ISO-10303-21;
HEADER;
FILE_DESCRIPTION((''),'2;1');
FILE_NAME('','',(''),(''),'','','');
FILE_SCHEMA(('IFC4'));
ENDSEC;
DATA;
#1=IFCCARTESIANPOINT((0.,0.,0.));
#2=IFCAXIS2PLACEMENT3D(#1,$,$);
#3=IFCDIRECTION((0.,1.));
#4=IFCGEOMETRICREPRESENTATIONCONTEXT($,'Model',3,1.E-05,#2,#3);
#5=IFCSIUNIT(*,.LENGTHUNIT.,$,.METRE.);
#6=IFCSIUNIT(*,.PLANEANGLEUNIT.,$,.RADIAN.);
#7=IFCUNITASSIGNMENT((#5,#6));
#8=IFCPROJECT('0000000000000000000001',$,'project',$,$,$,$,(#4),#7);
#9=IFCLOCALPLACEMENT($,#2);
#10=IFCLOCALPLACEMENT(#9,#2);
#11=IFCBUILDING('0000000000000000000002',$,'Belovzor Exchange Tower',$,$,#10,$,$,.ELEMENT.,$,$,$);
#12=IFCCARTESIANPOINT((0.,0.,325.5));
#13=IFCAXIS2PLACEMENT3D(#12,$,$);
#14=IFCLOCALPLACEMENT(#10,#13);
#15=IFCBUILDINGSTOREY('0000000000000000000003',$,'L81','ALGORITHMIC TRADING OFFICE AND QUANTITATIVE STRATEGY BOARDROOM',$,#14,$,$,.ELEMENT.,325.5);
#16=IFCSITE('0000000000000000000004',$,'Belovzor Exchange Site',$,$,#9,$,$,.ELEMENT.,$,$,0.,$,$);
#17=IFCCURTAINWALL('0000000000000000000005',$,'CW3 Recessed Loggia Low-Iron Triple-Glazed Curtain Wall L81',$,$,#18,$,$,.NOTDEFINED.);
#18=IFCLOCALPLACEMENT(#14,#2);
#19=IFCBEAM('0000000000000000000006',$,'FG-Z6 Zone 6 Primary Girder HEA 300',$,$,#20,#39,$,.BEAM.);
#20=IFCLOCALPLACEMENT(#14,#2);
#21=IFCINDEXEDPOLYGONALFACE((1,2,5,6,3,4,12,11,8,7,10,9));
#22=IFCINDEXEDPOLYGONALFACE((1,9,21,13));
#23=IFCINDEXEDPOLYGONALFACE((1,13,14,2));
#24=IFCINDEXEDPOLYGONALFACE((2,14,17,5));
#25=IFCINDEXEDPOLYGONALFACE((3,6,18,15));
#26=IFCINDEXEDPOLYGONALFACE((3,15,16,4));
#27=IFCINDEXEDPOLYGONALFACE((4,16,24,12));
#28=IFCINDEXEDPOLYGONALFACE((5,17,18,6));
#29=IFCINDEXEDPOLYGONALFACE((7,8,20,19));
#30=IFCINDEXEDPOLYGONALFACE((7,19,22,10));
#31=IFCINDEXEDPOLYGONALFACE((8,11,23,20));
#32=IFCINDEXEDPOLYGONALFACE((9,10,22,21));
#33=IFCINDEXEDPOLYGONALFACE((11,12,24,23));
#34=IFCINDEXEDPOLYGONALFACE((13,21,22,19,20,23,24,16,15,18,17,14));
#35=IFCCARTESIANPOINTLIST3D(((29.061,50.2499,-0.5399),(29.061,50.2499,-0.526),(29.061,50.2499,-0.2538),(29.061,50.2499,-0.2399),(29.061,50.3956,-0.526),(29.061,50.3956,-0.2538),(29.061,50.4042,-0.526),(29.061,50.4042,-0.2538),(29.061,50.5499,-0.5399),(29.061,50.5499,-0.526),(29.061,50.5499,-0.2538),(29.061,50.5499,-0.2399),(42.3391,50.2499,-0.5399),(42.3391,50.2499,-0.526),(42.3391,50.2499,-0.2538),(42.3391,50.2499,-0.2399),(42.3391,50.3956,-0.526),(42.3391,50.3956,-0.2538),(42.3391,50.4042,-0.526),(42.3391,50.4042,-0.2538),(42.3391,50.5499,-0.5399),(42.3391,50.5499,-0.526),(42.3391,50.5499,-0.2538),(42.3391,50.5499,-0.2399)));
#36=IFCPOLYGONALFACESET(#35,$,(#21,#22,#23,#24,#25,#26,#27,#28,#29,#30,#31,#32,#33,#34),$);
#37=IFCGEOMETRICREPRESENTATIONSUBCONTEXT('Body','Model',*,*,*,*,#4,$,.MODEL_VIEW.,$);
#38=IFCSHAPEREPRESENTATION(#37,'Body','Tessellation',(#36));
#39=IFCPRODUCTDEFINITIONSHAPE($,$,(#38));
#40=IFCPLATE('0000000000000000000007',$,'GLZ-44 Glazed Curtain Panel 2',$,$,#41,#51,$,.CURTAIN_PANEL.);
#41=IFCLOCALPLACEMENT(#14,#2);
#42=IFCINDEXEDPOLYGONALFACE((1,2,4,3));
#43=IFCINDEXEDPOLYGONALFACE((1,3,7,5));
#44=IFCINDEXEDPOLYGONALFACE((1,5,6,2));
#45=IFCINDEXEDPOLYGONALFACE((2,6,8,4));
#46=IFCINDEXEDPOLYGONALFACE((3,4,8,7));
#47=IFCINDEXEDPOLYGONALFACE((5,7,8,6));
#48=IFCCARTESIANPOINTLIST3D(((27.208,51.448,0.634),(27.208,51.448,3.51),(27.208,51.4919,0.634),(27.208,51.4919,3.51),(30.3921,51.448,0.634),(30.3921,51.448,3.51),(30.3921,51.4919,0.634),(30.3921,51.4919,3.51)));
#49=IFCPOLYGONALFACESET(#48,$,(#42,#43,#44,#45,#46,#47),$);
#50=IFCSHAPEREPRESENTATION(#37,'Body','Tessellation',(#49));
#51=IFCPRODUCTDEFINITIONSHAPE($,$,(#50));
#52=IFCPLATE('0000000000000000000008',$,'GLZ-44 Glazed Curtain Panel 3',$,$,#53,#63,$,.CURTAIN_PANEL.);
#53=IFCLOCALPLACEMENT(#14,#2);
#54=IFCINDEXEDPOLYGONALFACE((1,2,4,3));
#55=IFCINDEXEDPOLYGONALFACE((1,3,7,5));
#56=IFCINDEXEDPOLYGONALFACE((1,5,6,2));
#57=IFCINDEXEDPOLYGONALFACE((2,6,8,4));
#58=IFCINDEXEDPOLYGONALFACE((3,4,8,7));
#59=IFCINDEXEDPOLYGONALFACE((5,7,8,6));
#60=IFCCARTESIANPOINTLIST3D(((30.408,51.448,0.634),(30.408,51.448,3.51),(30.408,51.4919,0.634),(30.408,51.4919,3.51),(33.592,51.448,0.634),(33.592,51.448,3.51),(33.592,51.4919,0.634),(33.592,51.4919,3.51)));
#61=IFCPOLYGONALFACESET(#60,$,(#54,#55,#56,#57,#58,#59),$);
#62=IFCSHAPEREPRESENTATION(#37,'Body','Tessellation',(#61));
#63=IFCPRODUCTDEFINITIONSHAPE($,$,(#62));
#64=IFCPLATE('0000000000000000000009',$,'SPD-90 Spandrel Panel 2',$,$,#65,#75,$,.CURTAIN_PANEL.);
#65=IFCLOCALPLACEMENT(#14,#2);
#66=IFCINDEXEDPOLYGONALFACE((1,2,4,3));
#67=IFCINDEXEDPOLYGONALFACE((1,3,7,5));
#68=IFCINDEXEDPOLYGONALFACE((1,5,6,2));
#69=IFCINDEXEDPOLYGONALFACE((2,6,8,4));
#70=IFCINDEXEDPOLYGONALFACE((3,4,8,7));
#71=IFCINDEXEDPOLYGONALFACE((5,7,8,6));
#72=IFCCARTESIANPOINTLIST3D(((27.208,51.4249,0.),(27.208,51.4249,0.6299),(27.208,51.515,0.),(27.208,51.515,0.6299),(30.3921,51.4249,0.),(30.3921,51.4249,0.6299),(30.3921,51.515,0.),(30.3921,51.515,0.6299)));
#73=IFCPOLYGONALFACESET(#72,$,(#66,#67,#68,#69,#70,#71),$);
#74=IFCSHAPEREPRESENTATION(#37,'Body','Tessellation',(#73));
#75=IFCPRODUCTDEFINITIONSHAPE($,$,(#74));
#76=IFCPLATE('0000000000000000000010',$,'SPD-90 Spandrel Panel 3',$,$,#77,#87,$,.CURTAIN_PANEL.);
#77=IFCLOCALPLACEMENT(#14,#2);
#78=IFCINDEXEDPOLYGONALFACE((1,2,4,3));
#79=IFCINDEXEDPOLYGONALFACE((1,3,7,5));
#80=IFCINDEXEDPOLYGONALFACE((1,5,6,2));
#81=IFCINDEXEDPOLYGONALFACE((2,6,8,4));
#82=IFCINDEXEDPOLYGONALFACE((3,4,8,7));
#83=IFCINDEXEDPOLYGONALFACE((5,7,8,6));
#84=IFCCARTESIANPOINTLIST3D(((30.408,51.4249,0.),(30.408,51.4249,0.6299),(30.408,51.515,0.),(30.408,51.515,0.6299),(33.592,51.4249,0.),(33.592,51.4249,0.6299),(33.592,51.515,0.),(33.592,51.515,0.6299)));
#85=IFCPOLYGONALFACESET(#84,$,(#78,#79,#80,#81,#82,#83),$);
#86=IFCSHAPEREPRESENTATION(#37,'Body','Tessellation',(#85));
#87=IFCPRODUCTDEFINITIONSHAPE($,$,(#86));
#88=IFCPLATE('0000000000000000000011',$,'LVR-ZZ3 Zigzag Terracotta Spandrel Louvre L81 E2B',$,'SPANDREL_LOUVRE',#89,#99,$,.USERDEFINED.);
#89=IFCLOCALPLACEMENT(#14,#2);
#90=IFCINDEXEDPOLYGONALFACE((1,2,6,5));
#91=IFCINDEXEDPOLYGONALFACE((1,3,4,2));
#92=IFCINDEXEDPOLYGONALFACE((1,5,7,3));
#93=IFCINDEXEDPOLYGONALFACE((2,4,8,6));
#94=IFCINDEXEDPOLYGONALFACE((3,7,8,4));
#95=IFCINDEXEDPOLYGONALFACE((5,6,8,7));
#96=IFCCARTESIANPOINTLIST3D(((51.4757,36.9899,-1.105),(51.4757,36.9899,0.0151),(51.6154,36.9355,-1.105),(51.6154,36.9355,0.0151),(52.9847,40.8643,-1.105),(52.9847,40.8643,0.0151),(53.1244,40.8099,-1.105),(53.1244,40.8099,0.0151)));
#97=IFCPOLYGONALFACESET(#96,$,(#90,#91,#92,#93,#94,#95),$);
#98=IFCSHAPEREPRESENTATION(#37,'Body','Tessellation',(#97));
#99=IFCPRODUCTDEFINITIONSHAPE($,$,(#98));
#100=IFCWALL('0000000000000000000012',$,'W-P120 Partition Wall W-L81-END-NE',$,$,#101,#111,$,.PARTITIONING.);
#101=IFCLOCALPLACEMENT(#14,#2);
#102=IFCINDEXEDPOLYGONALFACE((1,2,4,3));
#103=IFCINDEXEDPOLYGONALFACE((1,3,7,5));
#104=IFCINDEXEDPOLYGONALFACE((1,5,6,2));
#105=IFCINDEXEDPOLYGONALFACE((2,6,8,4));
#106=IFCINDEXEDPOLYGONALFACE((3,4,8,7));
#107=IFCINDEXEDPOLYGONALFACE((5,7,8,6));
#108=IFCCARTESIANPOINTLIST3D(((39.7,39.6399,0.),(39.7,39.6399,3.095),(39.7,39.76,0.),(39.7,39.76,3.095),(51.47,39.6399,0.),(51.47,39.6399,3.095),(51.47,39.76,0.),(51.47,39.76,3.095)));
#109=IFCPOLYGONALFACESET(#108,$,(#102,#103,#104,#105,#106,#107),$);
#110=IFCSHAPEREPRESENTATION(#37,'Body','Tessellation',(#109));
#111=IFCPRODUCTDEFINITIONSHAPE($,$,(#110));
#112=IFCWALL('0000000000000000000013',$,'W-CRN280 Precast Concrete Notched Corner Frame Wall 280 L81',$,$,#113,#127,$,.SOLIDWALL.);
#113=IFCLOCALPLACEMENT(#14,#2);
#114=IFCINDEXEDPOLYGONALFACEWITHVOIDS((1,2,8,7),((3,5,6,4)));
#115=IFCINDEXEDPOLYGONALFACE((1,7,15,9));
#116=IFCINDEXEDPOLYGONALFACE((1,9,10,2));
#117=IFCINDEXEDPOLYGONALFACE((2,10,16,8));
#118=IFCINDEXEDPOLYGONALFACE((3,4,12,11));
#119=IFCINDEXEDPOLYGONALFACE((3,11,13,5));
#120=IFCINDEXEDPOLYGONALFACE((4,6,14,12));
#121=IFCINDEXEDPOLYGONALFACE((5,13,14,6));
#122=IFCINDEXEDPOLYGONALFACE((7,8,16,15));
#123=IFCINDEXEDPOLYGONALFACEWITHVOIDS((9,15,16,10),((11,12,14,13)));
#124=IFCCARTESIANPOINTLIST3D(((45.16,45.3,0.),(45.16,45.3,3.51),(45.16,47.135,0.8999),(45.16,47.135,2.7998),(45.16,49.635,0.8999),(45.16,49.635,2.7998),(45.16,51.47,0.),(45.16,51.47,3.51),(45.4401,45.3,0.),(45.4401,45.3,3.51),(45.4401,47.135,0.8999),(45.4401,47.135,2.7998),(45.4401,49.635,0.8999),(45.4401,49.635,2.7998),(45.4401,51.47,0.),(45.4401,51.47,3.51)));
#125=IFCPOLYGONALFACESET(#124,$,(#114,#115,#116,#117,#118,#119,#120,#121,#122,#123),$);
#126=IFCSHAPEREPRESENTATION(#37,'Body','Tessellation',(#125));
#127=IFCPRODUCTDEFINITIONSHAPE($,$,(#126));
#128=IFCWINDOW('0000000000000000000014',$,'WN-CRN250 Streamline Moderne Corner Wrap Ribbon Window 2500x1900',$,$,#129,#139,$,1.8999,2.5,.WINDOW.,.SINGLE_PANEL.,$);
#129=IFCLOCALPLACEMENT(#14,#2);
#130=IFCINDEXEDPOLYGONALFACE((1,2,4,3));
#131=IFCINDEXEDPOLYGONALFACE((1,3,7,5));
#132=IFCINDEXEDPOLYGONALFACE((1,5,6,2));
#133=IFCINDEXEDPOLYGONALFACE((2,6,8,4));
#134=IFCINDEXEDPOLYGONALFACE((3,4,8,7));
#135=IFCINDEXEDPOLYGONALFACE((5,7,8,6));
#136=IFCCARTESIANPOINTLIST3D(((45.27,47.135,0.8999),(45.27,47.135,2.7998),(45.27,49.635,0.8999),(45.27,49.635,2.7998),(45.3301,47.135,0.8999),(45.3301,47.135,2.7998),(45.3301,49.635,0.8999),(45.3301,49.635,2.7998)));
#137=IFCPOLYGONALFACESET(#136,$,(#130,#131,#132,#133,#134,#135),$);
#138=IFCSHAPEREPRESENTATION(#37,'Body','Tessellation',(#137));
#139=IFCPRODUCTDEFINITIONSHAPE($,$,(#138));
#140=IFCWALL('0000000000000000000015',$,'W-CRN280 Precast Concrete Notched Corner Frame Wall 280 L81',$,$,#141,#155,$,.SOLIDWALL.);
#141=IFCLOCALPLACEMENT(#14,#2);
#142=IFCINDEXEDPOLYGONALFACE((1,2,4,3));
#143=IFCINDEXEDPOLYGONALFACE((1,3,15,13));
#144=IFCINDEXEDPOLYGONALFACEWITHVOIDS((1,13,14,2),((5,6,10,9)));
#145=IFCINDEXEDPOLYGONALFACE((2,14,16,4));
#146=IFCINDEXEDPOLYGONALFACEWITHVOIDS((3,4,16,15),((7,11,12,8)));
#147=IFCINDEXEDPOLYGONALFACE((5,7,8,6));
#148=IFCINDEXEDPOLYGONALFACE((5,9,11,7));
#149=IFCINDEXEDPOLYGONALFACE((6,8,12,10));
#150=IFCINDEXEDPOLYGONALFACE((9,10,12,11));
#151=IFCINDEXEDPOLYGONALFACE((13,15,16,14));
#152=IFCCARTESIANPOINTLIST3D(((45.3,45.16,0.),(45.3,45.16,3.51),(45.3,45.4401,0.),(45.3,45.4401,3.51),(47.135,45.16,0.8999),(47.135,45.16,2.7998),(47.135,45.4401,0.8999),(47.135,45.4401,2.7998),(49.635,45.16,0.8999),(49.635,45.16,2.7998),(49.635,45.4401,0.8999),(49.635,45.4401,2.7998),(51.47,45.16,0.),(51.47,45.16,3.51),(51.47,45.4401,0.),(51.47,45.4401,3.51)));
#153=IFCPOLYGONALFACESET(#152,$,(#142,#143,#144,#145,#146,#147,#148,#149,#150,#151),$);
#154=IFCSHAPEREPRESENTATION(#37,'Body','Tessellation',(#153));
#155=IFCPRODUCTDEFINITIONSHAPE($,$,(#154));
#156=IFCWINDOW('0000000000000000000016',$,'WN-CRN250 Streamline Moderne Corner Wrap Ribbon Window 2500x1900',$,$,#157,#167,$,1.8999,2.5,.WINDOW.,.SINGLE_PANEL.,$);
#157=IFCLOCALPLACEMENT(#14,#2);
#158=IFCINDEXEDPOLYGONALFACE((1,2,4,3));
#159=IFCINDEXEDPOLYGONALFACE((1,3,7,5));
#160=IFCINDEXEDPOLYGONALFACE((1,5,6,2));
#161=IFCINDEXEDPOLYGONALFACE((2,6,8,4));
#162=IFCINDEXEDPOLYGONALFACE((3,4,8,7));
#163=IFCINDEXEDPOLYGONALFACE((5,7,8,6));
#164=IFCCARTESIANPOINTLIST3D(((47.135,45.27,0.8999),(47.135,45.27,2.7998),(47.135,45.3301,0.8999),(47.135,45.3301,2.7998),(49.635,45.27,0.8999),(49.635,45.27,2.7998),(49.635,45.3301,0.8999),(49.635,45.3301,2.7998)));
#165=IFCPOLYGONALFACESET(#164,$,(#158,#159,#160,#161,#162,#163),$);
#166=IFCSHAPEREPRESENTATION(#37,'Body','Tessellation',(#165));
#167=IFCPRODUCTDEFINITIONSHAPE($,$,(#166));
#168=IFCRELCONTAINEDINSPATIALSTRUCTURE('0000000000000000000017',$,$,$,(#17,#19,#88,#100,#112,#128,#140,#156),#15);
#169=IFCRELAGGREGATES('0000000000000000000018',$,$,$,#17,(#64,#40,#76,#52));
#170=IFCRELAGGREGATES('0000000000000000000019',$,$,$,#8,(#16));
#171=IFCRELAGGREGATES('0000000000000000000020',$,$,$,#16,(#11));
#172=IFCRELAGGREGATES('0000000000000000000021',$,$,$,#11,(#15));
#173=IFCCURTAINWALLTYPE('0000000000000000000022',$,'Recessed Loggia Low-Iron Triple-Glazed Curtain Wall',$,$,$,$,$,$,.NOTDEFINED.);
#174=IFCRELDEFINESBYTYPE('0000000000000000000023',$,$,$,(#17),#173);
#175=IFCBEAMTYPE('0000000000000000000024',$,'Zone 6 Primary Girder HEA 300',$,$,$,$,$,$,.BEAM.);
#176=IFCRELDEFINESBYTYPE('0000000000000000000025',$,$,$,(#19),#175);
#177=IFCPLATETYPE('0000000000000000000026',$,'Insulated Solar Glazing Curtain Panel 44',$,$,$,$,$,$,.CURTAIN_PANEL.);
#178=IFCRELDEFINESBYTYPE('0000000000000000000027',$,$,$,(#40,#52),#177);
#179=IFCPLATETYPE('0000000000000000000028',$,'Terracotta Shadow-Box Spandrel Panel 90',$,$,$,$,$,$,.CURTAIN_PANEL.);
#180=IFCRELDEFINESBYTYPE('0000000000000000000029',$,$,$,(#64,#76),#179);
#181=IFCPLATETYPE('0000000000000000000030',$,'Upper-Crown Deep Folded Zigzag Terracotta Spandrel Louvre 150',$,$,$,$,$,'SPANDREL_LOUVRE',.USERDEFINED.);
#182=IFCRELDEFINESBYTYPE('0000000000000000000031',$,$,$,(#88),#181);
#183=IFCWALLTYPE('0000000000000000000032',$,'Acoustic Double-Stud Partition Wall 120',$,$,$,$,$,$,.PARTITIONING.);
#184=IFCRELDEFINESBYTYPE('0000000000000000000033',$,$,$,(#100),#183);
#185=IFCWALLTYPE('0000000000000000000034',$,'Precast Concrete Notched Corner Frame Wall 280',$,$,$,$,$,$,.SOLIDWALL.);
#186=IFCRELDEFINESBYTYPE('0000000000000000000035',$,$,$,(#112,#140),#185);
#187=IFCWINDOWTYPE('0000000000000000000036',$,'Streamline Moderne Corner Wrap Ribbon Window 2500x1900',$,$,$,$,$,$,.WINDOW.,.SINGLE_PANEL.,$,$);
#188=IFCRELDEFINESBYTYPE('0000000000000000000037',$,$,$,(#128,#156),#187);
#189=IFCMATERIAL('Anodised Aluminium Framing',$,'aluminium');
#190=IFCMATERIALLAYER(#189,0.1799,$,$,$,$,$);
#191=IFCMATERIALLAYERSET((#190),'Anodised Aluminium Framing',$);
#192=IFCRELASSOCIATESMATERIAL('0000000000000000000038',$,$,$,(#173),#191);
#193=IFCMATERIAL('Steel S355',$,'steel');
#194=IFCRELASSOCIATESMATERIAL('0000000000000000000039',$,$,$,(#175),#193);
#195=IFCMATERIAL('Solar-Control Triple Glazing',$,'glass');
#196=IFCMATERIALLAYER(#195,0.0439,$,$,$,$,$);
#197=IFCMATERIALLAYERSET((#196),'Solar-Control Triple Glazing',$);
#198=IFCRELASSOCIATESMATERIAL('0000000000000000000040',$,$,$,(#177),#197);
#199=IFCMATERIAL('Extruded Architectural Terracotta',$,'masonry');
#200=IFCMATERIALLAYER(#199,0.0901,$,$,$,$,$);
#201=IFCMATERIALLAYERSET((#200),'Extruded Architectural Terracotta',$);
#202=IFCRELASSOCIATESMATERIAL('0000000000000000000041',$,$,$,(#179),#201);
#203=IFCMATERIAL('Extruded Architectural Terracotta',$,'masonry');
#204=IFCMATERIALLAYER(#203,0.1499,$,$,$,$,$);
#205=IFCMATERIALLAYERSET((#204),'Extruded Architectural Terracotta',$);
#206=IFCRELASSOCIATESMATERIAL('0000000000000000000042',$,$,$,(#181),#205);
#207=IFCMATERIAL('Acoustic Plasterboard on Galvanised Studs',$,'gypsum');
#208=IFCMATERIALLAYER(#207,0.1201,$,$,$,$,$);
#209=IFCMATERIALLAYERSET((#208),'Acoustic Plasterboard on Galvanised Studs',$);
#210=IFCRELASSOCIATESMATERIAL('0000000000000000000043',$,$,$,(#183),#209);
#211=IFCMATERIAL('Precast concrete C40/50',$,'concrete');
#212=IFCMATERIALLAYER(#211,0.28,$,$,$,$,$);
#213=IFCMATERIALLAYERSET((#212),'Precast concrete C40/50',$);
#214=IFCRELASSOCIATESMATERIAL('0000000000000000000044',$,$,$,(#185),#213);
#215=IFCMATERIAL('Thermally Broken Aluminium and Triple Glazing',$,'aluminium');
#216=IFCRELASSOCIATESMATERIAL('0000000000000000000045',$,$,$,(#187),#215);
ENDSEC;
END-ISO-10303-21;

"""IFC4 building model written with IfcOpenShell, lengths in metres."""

from ifc_helpers import new_model, si_unit, direction, frame, frame_2d, origin, origin_2d, place, context, subcontext, project, spatial, rectangle, i_section, extrude, material, layer, layer_set, material_profile, profile_set, type_object, element, fill, aggregate, save


model = new_model("IFC4")

# Units and contexts
model_context = context("Model", 3, precision=1e-05, world=origin(), true_north=direction((0.0, 1.0)))
body_context = subcontext(model_context, "Body", "Model", "MODEL_VIEW")
ifc_project = project(units=[si_unit("LENGTHUNIT", "METRE"), si_unit("PLANEANGLEUNIT", "RADIAN")], contexts=[model_context])

# Site, building, storey
site_placement = place(None, origin())
site = spatial("IfcSite", under=ifc_project, at=site_placement, Name="Belovzor Exchange Site", CompositionType="ELEMENT", RefElevation=0.0)
building_placement = place(site_placement, origin())
building = spatial("IfcBuilding", under=site, at=building_placement, Name="Belovzor Exchange Tower", CompositionType="ELEMENT")
storey_placement = place(building_placement, frame((0.0, 0.0, 325.5)))
storey = spatial("IfcBuildingStorey", under=building, at=storey_placement, Name="L81", Description="ALGORITHMIC TRADING OFFICE AND QUANTITATIVE STRATEGY BOARDROOM", CompositionType="ELEMENT", Elevation=325.5)

# Curtain wall
ifc_material_1 = material(Name="Anodised Aluminium Framing", Category="aluminium")
ifc_layer_1 = layer(ifc_material_1, 0.1799)
ifc_layer_set_1 = layer_set([ifc_layer_1], Name="Anodised Aluminium Framing")
curtain_wall_type = type_object("IfcCurtainWallType", Name="Recessed Loggia Low-Iron Triple-Glazed Curtain Wall", PredefinedType="NOTDEFINED", material=ifc_layer_set_1)
curtain_wall_placement = place(storey_placement, origin())
curtain_wall = element("IfcCurtainWall", 1, at=curtain_wall_placement, inside=storey, type_object=curtain_wall_type, Name="CW3 Recessed Loggia Low-Iron Triple-Glazed Curtain Wall L81", PredefinedType="NOTDEFINED")

# Beam
ifc_material_2 = material(Name="Steel S355", Category="steel")
ifc_material_profile_1 = material_profile(ifc_material_2, i_section(OverallWidth=0.3, OverallDepth=0.3, WebThickness=0.0085, FlangeThickness=0.0139, at=origin_2d()))
ifc_profile_set_1 = profile_set([ifc_material_profile_1], Name="Steel S355")
beam_type_1 = type_object("IfcBeamType", Name="Zone 6 Primary Girder HEA 300", PredefinedType="BEAM", material=ifc_profile_set_1)
beam_1_placement = place(storey_placement, frame((42.3391, 50.3999, -0.3899), z_axis=(-1.0, 0.0, 0.0), x_axis=(0.0, -1.0, 0.0)))
element("IfcBeam", 2, at=beam_1_placement, inside=storey, type_object=beam_type_1, Name="FG-Z6 Zone 6 Primary Girder HEA 300", PredefinedType="BEAM", context=body_context, shape_type="SweptSolid", body=[
    extrude(i_section(OverallWidth=0.3, OverallDepth=0.3, WebThickness=0.0085, FlangeThickness=0.0139, at=origin_2d()), origin(), (0.0, 0.0, 1.0), 13.2781),
])

# Plates
ifc_material_3 = material(Name="Solar-Control Triple Glazing", Category="glass")
ifc_layer_2 = layer(ifc_material_3, 0.0439)
ifc_layer_set_2 = layer_set([ifc_layer_2], Name="Solar-Control Triple Glazing")
plate_type_1 = type_object("IfcPlateType", Name="Insulated Solar Glazing Curtain Panel 44", PredefinedType="CURTAIN_PANEL", material=ifc_layer_set_2)
plate_1_placement = place(storey_placement, frame((28.8, 51.47, 0.634), z_axis=(0.0, 0.0, 1.0), x_axis=(1.0, 0.0, 0.0)))
plate_1 = element("IfcPlate", 3, at=plate_1_placement, type_object=plate_type_1, Name="GLZ-44 Glazed Curtain Panel 2", PredefinedType="CURTAIN_PANEL", context=body_context, shape_type="SweptSolid", body=[
    extrude(rectangle(XDim=3.1841, YDim=0.0439, at=origin_2d()), origin(), (0.0, 0.0, 1.0), 2.876),
])
plate_2_placement = place(storey_placement, frame((32.0, 51.47, 0.634), z_axis=(0.0, 0.0, 1.0), x_axis=(1.0, 0.0, 0.0)))
plate_2 = element("IfcPlate", 4, at=plate_2_placement, type_object=plate_type_1, Name="GLZ-44 Glazed Curtain Panel 3", PredefinedType="CURTAIN_PANEL", context=body_context, shape_type="SweptSolid", body=[
    extrude(rectangle(XDim=3.1841, YDim=0.0439, at=origin_2d()), origin(), (0.0, 0.0, 1.0), 2.876),
])
ifc_material_4 = material(Name="Extruded Architectural Terracotta", Category="masonry")
ifc_layer_3 = layer(ifc_material_4, 0.0901)
ifc_layer_set_3 = layer_set([ifc_layer_3], Name="Extruded Architectural Terracotta")
plate_type_2 = type_object("IfcPlateType", Name="Terracotta Shadow-Box Spandrel Panel 90", PredefinedType="CURTAIN_PANEL", material=ifc_layer_set_3)
plate_3_placement = place(storey_placement, frame((28.8, 51.47, 0.0), z_axis=(0.0, 0.0, 1.0), x_axis=(1.0, 0.0, 0.0)))
plate_3 = element("IfcPlate", 5, at=plate_3_placement, type_object=plate_type_2, Name="SPD-90 Spandrel Panel 2", PredefinedType="CURTAIN_PANEL", context=body_context, shape_type="SweptSolid", body=[
    extrude(rectangle(XDim=3.1841, YDim=0.0901, at=origin_2d()), origin(), (0.0, 0.0, 1.0), 0.6299),
])
plate_4_placement = place(storey_placement, frame((32.0, 51.47, 0.0), z_axis=(0.0, 0.0, 1.0), x_axis=(1.0, 0.0, 0.0)))
plate_4 = element("IfcPlate", 6, at=plate_4_placement, type_object=plate_type_2, Name="SPD-90 Spandrel Panel 3", PredefinedType="CURTAIN_PANEL", context=body_context, shape_type="SweptSolid", body=[
    extrude(rectangle(XDim=3.1841, YDim=0.0901, at=origin_2d()), origin(), (0.0, 0.0, 1.0), 0.6299),
])
aggregate(curtain_wall, [plate_3, plate_1, plate_4, plate_2])
ifc_material_5 = material(Name="Extruded Architectural Terracotta", Category="masonry")
ifc_layer_4 = layer(ifc_material_5, 0.1499)
ifc_layer_set_4 = layer_set([ifc_layer_4], Name="Extruded Architectural Terracotta")
plate_type_3 = type_object("IfcPlateType", Name="Upper-Crown Deep Folded Zigzag Terracotta Spandrel Louvre 150", ElementType="SPANDREL_LOUVRE", PredefinedType="USERDEFINED", material=ifc_layer_set_4)
plate_5_placement = place(storey_placement, frame((52.3, 38.8999, -1.105), z_axis=(0.0, 0.0, 1.0), x_axis=(0.362926, 0.931818, 0.0)))
element("IfcPlate", 7, at=plate_5_placement, inside=storey, type_object=plate_type_3, Name="LVR-ZZ3 Zigzag Terracotta Spandrel Louvre L81 E2B", ObjectType="SPANDREL_LOUVRE", PredefinedType="USERDEFINED", context=body_context, shape_type="SweptSolid", body=[
    extrude(rectangle(XDim=4.158, YDim=0.1499, at=origin_2d()), origin(), (0.0, 0.0, 1.0), 1.1201),
])

# Wall
ifc_material_6 = material(Name="Acoustic Plasterboard on Galvanised Studs", Category="gypsum")
ifc_layer_5 = layer(ifc_material_6, 0.1201)
ifc_layer_set_5 = layer_set([ifc_layer_5], Name="Acoustic Plasterboard on Galvanised Studs")
wall_type_1 = type_object("IfcWallType", Name="Acoustic Double-Stud Partition Wall 120", PredefinedType="PARTITIONING", material=ifc_layer_set_5)
wall_1_placement = place(storey_placement, frame((39.7, 39.7, 0.0), z_axis=(0.0, 0.0, 1.0), x_axis=(1.0, 0.0, 0.0)))
element("IfcWall", 8, at=wall_1_placement, inside=storey, type_object=wall_type_1, Name="W-P120 Partition Wall W-L81-END-NE", PredefinedType="PARTITIONING", context=body_context, shape_type="SweptSolid", body=[
    extrude(rectangle(XDim=11.77, YDim=0.1201, at=frame_2d((5.885, 0.0))), origin(), (0.0, 0.0, 1.0), 3.095),
])

# Walls, openings, windows
ifc_material_7 = material(Name="Precast concrete C40/50", Category="concrete")
ifc_layer_6 = layer(ifc_material_7, 0.28)
ifc_layer_set_6 = layer_set([ifc_layer_6], Name="Precast concrete C40/50")
wall_type_2 = type_object("IfcWallType", Name="Precast Concrete Notched Corner Frame Wall 280", PredefinedType="SOLIDWALL", material=ifc_layer_set_6)
wall_2_placement = place(storey_placement, frame((45.3, 51.47, 0.0), z_axis=(0.0, 0.0, 1.0), x_axis=(0.0, -1.0, 0.0)))
wall_2 = element("IfcWall", 9, at=wall_2_placement, inside=storey, type_object=wall_type_2, Name="W-CRN280 Precast Concrete Notched Corner Frame Wall 280 L81", PredefinedType="SOLIDWALL", context=body_context, shape_type="SweptSolid", body=[
    extrude(rectangle(XDim=6.1699, YDim=0.28, at=frame_2d((3.085, 0.0))), origin(), (0.0, 0.0, 1.0), 3.51),
])
opening_1_placement = place(wall_2_placement, frame((1.835, 0.0, 0.8999)))
opening_1 = element("IfcOpeningElement", 10, at=opening_1_placement, cuts=wall_2, PredefinedType="OPENING", context=body_context, shape_type="SweptSolid", body=[
    extrude(rectangle(XDim=2.5, YDim=1.8999, at=frame_2d((1.25, 0.95))), frame((0.0, 0.1499, 0.0), z_axis=(0.0, -1.0, 0.0), x_axis=(1.0, 0.0, 0.0)), (0.0, 0.0, 1.0), 0.3),
])
ifc_material_8 = material(Name="Thermally Broken Aluminium and Triple Glazing", Category="aluminium")
window_type_1 = type_object("IfcWindowType", Name="Streamline Moderne Corner Wrap Ribbon Window 2500x1900", PartitioningType="SINGLE_PANEL", PredefinedType="WINDOW", material=ifc_material_8)
window_1_placement = place(opening_1_placement, origin())
window_1 = element("IfcWindow", 11, at=window_1_placement, inside=storey, type_object=window_type_1, Name="WN-CRN250 Streamline Moderne Corner Wrap Ribbon Window 2500x1900", OverallHeight=1.8999, OverallWidth=2.5, PartitioningType="SINGLE_PANEL", PredefinedType="WINDOW", context=body_context, shape_type="SweptSolid", body=[
    extrude(rectangle(XDim=2.5, YDim=1.8999, at=frame_2d((1.25, 0.95))), frame((0.0, 0.03, 0.0), z_axis=(0.0, -1.0, 0.0), x_axis=(1.0, 0.0, 0.0)), (0.0, 0.0, 1.0), 0.0601),
])
fill(opening_1, window_1)
wall_3_placement = place(storey_placement, frame((45.3, 45.3, 0.0), z_axis=(0.0, 0.0, 1.0), x_axis=(1.0, 0.0, 0.0)))
wall_3 = element("IfcWall", 12, at=wall_3_placement, inside=storey, type_object=wall_type_2, Name="W-CRN280 Precast Concrete Notched Corner Frame Wall 280 L81", PredefinedType="SOLIDWALL", context=body_context, shape_type="SweptSolid", body=[
    extrude(rectangle(XDim=6.1699, YDim=0.28, at=frame_2d((3.085, 0.0))), origin(), (0.0, 0.0, 1.0), 3.51),
])
opening_2_placement = place(wall_3_placement, frame((1.835, 0.0, 0.8999)))
opening_2 = element("IfcOpeningElement", 13, at=opening_2_placement, cuts=wall_3, PredefinedType="OPENING", context=body_context, shape_type="SweptSolid", body=[
    extrude(rectangle(XDim=2.5, YDim=1.8999, at=frame_2d((1.25, 0.95))), frame((0.0, 0.1499, 0.0), z_axis=(0.0, -1.0, 0.0), x_axis=(1.0, 0.0, 0.0)), (0.0, 0.0, 1.0), 0.3),
])
window_2_placement = place(opening_2_placement, origin())
window_2 = element("IfcWindow", 14, at=window_2_placement, inside=storey, type_object=window_type_1, Name="WN-CRN250 Streamline Moderne Corner Wrap Ribbon Window 2500x1900", OverallHeight=1.8999, OverallWidth=2.5, PartitioningType="SINGLE_PANEL", PredefinedType="WINDOW", context=body_context, shape_type="SweptSolid", body=[
    extrude(rectangle(XDim=2.5, YDim=1.8999, at=frame_2d((1.25, 0.95))), frame((0.0, 0.03, 0.0), z_axis=(0.0, -1.0, 0.0), x_axis=(1.0, 0.0, 0.0)), (0.0, 0.0, 1.0), 0.0601),
])
fill(opening_2, window_2)

save(model, "model.ifc")
